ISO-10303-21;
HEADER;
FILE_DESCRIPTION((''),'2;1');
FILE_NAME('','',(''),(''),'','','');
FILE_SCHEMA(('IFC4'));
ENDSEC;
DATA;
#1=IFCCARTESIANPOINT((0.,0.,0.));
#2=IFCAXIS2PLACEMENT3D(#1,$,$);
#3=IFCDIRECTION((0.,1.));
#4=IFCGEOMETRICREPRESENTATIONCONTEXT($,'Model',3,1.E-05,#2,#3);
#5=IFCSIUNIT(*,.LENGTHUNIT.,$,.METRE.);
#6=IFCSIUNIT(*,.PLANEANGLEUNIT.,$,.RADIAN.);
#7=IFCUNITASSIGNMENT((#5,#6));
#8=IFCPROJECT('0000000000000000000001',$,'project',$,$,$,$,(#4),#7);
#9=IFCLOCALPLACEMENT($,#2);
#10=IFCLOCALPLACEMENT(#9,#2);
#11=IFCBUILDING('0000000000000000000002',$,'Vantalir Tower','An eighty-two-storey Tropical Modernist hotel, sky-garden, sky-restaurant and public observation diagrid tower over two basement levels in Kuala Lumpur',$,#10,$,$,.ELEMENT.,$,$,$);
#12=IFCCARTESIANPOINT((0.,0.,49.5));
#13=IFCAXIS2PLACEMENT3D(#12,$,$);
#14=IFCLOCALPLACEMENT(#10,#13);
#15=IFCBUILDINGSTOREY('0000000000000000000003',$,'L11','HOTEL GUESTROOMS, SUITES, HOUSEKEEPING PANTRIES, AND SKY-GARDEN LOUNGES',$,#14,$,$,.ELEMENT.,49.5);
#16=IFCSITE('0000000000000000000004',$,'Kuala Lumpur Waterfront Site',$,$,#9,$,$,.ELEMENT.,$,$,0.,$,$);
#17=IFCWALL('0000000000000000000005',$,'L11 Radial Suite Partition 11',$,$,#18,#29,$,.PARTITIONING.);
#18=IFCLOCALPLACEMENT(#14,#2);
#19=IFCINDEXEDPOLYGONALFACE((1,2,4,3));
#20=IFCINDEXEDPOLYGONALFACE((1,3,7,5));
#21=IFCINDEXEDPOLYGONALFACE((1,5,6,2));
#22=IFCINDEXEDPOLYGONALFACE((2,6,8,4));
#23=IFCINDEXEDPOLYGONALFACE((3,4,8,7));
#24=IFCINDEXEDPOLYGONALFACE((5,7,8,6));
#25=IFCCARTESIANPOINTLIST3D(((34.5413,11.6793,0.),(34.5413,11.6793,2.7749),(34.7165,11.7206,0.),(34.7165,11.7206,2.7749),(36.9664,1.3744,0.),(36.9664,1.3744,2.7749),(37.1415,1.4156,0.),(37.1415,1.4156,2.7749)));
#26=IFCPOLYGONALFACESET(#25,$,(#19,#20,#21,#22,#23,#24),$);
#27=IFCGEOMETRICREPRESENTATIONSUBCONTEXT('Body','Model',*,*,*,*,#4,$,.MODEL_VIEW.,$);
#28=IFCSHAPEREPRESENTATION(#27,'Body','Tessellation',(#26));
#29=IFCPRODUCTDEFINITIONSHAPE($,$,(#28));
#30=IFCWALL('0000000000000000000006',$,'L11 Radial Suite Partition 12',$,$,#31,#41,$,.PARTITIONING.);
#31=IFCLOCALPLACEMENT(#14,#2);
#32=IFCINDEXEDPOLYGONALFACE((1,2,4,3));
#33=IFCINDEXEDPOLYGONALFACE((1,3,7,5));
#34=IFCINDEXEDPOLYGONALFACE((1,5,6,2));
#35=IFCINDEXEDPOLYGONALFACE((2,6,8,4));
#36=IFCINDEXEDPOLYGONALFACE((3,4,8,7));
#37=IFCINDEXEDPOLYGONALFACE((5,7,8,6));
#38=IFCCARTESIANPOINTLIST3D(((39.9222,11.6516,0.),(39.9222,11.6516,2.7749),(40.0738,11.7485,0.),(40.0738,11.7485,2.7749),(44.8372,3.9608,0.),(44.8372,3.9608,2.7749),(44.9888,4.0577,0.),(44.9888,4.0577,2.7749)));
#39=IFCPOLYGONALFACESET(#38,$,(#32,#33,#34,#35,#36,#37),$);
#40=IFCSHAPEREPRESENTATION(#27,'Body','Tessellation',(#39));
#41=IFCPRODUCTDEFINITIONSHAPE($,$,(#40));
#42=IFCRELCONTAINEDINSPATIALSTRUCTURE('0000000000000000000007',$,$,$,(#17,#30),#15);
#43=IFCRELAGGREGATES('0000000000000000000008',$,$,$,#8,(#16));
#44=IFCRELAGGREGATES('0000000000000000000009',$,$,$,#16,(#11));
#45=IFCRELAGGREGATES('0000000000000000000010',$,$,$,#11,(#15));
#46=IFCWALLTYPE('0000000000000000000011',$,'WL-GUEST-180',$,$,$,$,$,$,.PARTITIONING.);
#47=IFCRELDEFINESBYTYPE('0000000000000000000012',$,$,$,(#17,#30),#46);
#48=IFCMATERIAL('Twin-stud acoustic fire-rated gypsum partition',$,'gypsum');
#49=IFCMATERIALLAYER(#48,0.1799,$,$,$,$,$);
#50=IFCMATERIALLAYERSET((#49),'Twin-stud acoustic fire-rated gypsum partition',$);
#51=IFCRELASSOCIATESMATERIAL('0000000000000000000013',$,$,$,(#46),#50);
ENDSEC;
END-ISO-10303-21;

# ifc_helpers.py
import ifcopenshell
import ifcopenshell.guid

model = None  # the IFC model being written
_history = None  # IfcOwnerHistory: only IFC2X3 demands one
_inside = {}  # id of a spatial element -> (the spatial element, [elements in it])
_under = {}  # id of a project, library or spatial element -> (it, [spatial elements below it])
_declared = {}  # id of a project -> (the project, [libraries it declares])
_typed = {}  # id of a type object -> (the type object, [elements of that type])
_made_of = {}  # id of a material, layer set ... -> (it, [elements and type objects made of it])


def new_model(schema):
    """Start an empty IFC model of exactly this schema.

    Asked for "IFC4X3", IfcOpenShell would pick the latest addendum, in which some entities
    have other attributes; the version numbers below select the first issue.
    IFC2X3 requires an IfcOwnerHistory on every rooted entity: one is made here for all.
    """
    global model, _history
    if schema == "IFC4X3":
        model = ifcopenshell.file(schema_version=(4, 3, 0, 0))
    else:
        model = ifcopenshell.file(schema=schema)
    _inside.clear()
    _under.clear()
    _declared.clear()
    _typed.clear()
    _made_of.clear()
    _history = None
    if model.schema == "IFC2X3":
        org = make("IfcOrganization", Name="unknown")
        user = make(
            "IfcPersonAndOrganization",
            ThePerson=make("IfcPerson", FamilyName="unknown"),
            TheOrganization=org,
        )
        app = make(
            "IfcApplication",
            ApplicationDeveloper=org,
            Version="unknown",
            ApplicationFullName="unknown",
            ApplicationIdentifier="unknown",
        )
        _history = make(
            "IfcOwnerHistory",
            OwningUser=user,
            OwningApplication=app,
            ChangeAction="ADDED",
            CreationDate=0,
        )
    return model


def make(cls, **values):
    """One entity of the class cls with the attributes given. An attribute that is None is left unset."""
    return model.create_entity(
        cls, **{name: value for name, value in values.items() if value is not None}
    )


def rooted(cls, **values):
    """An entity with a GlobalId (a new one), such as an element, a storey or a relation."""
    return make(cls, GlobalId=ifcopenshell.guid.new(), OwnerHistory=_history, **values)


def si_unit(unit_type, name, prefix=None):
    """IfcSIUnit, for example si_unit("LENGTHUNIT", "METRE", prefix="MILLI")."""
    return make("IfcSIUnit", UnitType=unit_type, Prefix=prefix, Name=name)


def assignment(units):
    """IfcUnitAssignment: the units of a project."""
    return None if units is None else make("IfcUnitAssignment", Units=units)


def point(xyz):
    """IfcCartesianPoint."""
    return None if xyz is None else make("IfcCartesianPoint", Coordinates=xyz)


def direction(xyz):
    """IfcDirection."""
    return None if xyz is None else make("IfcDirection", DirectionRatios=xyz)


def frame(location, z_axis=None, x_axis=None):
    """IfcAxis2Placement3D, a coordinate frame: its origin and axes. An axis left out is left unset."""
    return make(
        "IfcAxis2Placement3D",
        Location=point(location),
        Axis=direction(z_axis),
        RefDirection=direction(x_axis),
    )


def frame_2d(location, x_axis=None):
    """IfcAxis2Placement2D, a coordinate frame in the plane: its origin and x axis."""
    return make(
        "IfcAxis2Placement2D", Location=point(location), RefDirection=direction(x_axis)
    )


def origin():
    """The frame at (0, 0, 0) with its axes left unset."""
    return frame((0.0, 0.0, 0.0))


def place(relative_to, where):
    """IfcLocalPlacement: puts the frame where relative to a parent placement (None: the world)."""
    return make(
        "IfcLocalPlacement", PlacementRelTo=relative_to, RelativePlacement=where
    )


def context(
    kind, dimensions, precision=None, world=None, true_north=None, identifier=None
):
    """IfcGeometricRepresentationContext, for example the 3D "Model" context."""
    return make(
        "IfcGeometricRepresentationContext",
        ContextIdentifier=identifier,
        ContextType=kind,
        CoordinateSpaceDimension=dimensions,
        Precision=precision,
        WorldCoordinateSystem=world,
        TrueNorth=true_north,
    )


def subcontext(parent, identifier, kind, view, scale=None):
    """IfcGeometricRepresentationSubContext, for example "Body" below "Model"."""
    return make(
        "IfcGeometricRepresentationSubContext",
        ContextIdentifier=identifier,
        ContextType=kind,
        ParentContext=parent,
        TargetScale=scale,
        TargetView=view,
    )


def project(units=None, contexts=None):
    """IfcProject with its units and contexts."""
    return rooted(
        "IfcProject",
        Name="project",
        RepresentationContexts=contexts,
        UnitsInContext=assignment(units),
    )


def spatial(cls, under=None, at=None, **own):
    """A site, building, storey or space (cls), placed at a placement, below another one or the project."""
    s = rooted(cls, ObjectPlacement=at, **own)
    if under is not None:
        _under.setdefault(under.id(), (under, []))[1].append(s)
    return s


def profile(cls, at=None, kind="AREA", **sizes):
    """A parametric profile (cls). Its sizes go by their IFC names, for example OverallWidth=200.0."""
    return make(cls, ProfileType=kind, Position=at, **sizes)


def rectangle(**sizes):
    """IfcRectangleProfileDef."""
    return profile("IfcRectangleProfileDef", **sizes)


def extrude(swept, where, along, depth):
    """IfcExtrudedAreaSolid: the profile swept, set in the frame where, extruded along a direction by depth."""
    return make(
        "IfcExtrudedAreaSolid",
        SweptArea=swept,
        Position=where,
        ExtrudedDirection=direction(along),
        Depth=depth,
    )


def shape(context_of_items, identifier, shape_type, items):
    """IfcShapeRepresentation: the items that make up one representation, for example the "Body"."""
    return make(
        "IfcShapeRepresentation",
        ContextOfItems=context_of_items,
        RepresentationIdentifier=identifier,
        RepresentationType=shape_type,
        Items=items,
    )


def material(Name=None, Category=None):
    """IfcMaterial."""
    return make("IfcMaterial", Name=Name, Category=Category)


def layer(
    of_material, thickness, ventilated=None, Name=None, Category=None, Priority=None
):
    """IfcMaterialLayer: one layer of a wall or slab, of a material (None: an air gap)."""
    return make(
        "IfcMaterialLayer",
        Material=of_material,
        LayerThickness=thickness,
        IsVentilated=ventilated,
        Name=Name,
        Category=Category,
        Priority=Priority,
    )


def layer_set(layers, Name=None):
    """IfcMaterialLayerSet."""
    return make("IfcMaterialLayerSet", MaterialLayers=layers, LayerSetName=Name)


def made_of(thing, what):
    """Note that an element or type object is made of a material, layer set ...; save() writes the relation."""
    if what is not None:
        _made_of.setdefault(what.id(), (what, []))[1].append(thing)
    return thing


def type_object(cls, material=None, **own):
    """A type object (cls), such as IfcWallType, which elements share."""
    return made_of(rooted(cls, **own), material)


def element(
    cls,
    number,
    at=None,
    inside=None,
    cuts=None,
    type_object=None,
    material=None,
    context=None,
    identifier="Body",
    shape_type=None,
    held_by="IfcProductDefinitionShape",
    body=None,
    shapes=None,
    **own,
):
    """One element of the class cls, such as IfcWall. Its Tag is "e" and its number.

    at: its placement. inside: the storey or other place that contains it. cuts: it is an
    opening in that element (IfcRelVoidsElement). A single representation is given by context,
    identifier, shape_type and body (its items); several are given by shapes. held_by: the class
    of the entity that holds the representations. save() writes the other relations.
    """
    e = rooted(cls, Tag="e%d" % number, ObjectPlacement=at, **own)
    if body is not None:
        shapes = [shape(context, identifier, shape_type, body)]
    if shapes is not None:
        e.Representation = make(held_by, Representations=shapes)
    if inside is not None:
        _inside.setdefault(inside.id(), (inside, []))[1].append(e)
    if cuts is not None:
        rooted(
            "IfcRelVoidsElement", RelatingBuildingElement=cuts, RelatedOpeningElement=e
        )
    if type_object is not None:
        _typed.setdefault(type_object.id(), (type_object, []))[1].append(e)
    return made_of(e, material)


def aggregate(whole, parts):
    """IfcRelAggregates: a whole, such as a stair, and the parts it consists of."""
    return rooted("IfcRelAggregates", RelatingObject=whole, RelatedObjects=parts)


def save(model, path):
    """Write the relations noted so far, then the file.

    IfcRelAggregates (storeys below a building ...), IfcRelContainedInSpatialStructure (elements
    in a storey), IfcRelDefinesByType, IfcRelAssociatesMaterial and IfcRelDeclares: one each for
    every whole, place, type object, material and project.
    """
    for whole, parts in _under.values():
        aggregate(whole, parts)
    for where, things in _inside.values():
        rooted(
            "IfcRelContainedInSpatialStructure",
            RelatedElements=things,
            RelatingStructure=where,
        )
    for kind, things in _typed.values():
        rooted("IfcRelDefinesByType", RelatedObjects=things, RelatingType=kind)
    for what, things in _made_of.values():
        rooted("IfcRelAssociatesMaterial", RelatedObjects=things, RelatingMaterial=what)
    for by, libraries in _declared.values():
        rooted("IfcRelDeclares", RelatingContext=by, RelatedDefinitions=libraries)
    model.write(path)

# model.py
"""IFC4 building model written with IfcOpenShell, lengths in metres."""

from ifc_helpers import new_model, si_unit, direction, frame, frame_2d, origin, place, context, subcontext, project, spatial, rectangle, extrude, material, layer, layer_set, type_object, element, save


model = new_model("IFC4")

# Units and contexts
model_context = context("Model", 3, precision=1e-05, world=origin(), true_north=direction((0.0, 1.0)))
body_context = subcontext(model_context, "Body", "Model", "MODEL_VIEW")
ifc_project = project(units=[si_unit("LENGTHUNIT", "METRE"), si_unit("PLANEANGLEUNIT", "RADIAN")], contexts=[model_context])

# Site, building, storey
site_placement = place(None, origin())
site = spatial("IfcSite", under=ifc_project, at=site_placement, Name="Kuala Lumpur Waterfront Site", CompositionType="ELEMENT", RefElevation=0.0)
building_placement = place(site_placement, origin())
building = spatial("IfcBuilding", under=site, at=building_placement, Name="Vantalir Tower", Description="An eighty-two-storey Tropical Modernist hotel, sky-garden, sky-restaurant and public observation diagrid tower over two basement levels in Kuala Lumpur", CompositionType="ELEMENT")
storey_placement = place(building_placement, frame((0.0, 0.0, 49.5)))
storey = spatial("IfcBuildingStorey", under=building, at=storey_placement, Name="L11", Description="HOTEL GUESTROOMS, SUITES, HOUSEKEEPING PANTRIES, AND SKY-GARDEN LOUNGES", CompositionType="ELEMENT", Elevation=49.5)

# Walls
ifc_material_1 = material(Name="Twin-stud acoustic fire-rated gypsum partition", Category="gypsum")
ifc_layer_1 = layer(ifc_material_1, 0.1799)
ifc_layer_set_1 = layer_set([ifc_layer_1], Name="Twin-stud acoustic fire-rated gypsum partition")
wall_type_1 = type_object("IfcWallType", Name="WL-GUEST-180", PredefinedType="PARTITIONING", material=ifc_layer_set_1)
wall_1_placement = place(storey_placement, frame((34.6289, 11.7, 0.0), z_axis=(0.0, 0.0, 1.0), x_axis=(0.229071, -0.97341, 0.0)))
element("IfcWall", 1, at=wall_1_placement, inside=storey, type_object=wall_type_1, Name="L11 Radial Suite Partition 11", PredefinedType="PARTITIONING", context=body_context, shape_type="SweptSolid", body=[
    extrude(rectangle(XDim=10.5864, YDim=0.1799, at=frame_2d((5.2932, 0.0))), origin(), (0.0, 0.0, 1.0), 2.7749),
])
wall_2_placement = place(storey_placement, frame((39.998, 11.7, 0.0), z_axis=(0.0, 0.0, 1.0), x_axis=(0.538498, -0.842627, 0.0)))
element("IfcWall", 2, at=wall_2_placement, inside=storey, type_object=wall_type_1, Name="L11 Radial Suite Partition 12", PredefinedType="PARTITIONING", context=body_context, shape_type="SweptSolid", body=[
    extrude(rectangle(XDim=9.1272, YDim=0.1799, at=frame_2d((4.5635, 0.0))), origin(), (0.0, 0.0, 1.0), 2.7749),
])

save(model, "model.ifc")
